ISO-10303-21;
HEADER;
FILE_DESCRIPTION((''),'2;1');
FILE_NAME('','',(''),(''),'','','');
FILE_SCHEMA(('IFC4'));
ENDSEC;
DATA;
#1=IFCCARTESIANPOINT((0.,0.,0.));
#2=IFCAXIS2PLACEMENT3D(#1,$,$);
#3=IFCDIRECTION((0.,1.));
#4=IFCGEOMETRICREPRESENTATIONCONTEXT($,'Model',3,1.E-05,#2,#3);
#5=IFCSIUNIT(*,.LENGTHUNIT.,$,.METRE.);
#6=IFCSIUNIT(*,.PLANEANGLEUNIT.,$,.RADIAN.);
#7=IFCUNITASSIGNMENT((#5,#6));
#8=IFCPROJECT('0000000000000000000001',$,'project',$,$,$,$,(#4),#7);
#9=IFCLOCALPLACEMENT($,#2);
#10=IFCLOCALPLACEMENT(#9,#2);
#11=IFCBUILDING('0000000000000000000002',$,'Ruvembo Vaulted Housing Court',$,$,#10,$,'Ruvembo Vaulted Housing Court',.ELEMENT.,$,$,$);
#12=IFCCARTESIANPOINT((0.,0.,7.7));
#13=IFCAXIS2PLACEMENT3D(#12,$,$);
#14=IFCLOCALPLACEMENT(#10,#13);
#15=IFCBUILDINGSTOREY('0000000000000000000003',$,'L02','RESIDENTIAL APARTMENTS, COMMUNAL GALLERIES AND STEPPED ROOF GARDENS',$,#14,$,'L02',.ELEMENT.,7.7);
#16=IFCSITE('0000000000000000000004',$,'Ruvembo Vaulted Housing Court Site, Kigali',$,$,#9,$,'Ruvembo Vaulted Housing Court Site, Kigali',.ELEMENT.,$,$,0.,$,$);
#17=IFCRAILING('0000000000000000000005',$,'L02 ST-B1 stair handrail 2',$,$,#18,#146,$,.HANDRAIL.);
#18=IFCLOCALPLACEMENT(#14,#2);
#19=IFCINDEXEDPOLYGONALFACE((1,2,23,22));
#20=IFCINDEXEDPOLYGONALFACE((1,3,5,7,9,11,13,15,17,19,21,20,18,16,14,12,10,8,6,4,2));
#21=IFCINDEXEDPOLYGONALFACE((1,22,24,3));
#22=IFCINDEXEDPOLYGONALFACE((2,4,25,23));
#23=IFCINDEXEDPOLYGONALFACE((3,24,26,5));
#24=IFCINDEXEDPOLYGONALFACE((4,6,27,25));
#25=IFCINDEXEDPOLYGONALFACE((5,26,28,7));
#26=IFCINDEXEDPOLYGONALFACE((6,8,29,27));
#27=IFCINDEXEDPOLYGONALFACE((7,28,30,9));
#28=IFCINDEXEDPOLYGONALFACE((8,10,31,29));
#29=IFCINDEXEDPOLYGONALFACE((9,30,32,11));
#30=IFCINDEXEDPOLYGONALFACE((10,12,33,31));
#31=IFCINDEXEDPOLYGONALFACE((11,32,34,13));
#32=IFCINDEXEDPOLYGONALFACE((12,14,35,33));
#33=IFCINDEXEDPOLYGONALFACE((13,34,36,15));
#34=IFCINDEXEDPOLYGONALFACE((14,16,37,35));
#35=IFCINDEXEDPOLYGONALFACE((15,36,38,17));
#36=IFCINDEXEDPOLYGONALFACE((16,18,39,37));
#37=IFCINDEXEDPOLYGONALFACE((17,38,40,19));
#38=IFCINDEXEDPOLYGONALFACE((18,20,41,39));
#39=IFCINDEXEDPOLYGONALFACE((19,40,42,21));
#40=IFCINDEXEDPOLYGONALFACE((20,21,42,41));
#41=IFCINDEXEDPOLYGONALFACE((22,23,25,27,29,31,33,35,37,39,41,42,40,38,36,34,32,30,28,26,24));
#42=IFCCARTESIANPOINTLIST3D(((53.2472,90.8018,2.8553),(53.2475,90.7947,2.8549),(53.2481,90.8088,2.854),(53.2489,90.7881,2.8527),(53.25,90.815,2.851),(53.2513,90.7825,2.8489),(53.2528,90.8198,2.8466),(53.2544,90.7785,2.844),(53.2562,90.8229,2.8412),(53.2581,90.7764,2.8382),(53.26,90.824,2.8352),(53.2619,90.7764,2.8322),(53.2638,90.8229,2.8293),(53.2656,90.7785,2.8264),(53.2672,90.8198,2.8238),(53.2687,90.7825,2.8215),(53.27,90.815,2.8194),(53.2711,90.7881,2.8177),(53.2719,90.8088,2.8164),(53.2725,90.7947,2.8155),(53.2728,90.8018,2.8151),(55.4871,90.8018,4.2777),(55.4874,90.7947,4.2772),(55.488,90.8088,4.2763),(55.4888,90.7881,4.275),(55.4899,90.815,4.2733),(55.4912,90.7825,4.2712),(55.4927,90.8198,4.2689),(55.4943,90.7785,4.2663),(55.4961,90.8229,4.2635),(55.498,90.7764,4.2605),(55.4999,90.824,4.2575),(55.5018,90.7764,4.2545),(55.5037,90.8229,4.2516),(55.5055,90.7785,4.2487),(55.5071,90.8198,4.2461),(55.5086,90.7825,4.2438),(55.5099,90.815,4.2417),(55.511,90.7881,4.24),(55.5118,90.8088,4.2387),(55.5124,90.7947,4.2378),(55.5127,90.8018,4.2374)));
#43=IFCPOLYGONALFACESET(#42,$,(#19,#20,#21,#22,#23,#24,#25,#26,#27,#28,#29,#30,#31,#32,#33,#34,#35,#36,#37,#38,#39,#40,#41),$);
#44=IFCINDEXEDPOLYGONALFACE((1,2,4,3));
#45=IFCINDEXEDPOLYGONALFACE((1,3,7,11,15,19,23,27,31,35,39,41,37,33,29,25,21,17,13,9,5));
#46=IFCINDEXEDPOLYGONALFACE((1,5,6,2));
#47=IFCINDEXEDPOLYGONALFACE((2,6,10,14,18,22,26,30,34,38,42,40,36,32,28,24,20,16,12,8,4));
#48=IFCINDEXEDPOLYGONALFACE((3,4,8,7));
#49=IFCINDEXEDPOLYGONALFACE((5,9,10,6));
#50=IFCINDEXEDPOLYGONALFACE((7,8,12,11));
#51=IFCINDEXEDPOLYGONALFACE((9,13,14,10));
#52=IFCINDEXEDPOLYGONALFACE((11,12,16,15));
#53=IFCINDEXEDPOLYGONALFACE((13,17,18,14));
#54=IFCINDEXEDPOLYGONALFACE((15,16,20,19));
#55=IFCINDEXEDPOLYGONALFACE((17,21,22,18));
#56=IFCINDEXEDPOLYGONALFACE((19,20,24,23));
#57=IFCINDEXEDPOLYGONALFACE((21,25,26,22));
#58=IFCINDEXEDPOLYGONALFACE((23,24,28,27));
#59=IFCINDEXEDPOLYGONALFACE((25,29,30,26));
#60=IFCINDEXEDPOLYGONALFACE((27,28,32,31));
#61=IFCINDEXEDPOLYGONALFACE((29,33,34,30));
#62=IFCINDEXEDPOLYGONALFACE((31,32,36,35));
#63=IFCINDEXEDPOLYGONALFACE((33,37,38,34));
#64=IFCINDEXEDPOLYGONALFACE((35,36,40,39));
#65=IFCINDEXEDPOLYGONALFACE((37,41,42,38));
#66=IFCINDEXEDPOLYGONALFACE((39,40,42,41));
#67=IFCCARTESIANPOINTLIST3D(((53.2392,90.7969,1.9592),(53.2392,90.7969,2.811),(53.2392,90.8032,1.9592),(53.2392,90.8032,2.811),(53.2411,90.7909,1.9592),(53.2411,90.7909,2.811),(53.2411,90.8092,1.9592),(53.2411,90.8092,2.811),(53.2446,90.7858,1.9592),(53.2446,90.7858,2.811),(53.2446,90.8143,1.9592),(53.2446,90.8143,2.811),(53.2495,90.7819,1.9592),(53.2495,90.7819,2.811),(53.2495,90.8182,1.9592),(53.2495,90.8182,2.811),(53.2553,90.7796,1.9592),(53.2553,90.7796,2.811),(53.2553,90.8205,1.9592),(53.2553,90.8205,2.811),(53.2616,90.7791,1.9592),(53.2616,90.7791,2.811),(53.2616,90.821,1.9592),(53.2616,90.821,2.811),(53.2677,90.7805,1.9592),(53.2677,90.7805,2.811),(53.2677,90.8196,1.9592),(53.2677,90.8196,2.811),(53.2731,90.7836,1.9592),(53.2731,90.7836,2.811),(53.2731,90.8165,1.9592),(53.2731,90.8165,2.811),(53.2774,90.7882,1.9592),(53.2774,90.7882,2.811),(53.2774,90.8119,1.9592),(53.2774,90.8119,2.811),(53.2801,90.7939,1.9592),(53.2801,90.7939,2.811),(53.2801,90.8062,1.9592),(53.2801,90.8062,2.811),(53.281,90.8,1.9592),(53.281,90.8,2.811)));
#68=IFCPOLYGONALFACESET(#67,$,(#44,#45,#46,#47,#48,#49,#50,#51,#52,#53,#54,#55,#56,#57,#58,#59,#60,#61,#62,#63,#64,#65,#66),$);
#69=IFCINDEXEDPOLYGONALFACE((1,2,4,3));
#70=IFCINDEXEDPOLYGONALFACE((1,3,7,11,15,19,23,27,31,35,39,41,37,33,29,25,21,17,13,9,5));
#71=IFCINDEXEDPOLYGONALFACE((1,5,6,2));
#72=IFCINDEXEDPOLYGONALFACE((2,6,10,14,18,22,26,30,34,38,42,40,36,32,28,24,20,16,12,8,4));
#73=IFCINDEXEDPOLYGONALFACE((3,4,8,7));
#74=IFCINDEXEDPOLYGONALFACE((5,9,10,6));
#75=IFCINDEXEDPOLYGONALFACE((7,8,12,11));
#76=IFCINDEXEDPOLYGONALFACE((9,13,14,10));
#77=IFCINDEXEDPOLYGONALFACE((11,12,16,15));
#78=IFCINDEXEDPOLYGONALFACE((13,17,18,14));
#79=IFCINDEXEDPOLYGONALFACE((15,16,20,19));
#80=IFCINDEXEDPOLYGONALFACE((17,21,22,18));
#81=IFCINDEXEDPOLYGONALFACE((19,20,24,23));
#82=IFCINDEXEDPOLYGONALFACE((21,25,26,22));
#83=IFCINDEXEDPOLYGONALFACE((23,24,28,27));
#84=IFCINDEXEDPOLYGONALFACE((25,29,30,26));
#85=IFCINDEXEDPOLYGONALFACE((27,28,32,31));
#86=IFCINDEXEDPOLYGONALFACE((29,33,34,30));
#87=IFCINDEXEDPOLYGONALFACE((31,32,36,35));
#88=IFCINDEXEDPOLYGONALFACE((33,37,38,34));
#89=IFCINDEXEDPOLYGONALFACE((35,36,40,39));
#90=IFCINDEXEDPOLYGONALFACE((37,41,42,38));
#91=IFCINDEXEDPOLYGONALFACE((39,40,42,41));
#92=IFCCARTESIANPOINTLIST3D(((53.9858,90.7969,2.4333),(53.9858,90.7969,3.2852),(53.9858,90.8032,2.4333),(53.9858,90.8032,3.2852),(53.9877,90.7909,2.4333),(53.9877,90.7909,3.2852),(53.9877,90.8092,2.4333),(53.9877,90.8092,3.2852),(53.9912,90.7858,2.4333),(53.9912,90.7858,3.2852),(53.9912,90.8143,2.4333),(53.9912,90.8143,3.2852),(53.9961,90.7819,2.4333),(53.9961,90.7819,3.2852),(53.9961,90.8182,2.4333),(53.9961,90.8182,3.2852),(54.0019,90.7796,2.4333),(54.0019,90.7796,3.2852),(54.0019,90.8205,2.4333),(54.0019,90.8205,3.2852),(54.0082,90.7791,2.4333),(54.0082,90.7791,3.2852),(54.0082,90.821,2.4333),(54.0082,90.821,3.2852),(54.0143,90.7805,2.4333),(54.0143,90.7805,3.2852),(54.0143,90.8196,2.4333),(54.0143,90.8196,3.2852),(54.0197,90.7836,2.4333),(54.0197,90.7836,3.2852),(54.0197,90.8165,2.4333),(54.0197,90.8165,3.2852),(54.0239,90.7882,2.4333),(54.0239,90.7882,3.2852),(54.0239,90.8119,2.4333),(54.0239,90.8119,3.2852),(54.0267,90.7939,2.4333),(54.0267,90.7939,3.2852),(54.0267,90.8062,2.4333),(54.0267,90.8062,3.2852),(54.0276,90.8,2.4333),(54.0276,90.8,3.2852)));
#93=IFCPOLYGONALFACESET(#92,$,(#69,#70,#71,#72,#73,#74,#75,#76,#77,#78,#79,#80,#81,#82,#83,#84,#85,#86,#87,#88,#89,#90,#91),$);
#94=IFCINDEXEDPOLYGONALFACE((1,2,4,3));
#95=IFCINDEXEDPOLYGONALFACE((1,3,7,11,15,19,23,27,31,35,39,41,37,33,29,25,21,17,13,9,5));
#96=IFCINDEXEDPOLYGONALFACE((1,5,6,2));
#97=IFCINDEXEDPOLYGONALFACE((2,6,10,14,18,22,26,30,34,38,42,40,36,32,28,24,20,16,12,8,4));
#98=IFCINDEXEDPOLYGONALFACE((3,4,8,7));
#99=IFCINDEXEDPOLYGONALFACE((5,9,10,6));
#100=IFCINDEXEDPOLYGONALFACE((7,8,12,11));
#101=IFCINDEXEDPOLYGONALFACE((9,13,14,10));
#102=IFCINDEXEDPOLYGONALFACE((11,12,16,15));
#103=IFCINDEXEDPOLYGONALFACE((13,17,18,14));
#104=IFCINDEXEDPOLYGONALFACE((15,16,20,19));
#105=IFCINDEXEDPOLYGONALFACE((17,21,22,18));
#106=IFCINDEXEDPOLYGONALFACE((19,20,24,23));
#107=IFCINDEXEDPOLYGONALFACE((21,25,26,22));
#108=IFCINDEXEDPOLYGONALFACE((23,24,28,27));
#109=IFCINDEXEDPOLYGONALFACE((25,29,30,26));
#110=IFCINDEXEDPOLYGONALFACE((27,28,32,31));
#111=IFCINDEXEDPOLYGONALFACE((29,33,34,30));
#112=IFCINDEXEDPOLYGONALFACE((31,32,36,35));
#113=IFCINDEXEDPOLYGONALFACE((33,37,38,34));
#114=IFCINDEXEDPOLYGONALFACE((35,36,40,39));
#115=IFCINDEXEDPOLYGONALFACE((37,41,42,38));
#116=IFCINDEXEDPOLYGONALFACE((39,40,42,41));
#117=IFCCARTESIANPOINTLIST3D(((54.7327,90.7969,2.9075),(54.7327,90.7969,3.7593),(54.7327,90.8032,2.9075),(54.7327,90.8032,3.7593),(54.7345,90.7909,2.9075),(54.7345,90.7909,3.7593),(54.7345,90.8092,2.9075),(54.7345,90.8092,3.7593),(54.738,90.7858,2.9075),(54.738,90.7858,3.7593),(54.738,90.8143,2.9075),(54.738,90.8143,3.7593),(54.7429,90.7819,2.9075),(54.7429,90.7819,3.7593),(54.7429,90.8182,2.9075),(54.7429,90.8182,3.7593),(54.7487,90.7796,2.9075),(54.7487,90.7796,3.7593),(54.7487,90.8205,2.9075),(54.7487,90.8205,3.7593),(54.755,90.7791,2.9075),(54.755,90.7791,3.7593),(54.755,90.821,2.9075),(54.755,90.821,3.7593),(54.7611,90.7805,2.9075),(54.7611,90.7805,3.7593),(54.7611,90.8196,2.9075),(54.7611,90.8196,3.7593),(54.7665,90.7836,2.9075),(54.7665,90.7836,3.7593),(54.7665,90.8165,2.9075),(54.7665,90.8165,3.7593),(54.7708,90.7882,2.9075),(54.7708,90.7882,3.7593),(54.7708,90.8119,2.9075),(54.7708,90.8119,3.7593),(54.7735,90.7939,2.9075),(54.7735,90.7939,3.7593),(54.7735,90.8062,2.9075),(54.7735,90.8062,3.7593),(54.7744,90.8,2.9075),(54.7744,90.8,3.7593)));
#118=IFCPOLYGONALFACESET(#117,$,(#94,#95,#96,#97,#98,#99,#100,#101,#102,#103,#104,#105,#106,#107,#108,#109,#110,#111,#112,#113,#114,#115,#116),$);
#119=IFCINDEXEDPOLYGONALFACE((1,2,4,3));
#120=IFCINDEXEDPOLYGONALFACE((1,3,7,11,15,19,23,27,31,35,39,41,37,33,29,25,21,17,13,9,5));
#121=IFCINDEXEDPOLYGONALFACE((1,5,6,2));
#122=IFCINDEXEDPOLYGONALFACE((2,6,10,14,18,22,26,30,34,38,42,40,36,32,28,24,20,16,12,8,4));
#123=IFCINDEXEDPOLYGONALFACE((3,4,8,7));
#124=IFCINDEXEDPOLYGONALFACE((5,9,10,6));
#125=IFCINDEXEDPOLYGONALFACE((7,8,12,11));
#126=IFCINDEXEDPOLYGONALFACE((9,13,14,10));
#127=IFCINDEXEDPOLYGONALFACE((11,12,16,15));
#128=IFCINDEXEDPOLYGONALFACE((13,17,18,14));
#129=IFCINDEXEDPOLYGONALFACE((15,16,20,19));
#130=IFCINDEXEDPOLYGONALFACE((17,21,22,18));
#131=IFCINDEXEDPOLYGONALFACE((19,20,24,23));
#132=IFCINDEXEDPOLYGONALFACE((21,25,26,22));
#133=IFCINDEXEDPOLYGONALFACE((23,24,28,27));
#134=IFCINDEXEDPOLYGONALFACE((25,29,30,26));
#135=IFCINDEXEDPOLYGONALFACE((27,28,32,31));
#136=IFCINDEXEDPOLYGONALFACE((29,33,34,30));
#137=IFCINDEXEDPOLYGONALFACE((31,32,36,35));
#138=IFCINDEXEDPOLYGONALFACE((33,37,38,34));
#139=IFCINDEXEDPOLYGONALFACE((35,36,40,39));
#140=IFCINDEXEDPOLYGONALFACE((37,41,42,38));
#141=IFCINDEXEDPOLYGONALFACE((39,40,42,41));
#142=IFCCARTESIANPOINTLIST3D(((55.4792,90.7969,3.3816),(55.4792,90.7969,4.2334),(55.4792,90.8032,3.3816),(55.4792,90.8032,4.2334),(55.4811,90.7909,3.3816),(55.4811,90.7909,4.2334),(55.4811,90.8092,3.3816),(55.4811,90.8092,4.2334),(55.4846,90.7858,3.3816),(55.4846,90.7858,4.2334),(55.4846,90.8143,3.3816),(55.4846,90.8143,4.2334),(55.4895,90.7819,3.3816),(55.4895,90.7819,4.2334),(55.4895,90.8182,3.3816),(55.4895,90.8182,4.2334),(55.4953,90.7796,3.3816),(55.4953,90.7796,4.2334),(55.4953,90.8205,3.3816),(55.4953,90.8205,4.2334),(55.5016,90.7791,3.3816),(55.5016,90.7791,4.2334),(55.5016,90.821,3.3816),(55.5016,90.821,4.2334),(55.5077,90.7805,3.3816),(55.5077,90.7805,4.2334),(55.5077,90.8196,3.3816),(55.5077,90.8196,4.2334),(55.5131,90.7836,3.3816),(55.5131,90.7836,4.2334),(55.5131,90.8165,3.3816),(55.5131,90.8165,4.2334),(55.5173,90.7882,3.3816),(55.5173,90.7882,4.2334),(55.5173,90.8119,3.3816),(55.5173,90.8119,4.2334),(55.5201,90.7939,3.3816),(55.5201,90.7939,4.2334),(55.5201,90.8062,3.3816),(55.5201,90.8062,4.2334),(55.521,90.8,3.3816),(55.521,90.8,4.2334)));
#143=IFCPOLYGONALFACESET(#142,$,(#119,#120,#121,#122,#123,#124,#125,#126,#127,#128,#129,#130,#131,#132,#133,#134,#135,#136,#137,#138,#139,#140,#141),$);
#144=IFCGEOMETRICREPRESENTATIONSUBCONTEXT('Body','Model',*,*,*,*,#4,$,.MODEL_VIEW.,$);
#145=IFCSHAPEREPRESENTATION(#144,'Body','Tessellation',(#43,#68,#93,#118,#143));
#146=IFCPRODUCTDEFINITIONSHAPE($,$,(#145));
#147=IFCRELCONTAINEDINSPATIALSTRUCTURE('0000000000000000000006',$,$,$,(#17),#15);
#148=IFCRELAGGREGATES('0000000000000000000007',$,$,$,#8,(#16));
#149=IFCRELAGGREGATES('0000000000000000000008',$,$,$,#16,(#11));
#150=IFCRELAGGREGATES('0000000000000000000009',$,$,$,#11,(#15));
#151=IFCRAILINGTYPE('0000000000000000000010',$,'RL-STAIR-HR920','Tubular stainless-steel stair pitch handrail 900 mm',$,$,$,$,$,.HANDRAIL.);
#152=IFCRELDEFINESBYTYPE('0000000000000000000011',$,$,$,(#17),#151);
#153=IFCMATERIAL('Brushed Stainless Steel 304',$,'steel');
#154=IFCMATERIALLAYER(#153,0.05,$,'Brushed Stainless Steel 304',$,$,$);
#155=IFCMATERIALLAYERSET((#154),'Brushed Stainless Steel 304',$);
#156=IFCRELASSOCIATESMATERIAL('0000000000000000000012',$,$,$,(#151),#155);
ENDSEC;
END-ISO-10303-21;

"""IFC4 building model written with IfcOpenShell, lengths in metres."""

from ifc_helpers import new_model, si_unit, direction, frame, origin, origin_2d, place, context, subcontext, project, spatial, circle, extrude, material, layer, layer_set, type_object, element, save


model = new_model("IFC4")

# Units and contexts
model_context = context("Model", 3, precision=1e-05, world=origin(), true_north=direction((0.0, 1.0)))
body_context = subcontext(model_context, "Body", "Model", "MODEL_VIEW")
ifc_project = project(units=[si_unit("LENGTHUNIT", "METRE"), si_unit("PLANEANGLEUNIT", "RADIAN")], contexts=[model_context])

# Site, building, storey
site_placement = place(None, origin())
site = spatial("IfcSite", under=ifc_project, at=site_placement, Name="Ruvembo Vaulted Housing Court Site, Kigali", LongName="Ruvembo Vaulted Housing Court Site, Kigali", CompositionType="ELEMENT", RefElevation=0.0)
building_placement = place(site_placement, origin())
building = spatial("IfcBuilding", under=site, at=building_placement, Name="Ruvembo Vaulted Housing Court", LongName="Ruvembo Vaulted Housing Court", CompositionType="ELEMENT")
storey_placement = place(building_placement, frame((0.0, 0.0, 7.7)))
storey = spatial("IfcBuildingStorey", under=building, at=storey_placement, Name="L02", Description="RESIDENTIAL APARTMENTS, COMMUNAL GALLERIES AND STEPPED ROOF GARDENS", LongName="L02", CompositionType="ELEMENT", Elevation=7.7)

# Railing
ifc_material_1 = material(Name="Brushed Stainless Steel 304", Category="steel")
ifc_layer_1 = layer(ifc_material_1, 0.05, Name="Brushed Stainless Steel 304")
ifc_layer_set_1 = layer_set([ifc_layer_1], Name="Brushed Stainless Steel 304")
railing_type_1 = type_object("IfcRailingType", Name="RL-STAIR-HR920", Description="Tubular stainless-steel stair pitch handrail 900 mm", PredefinedType="HANDRAIL", material=ifc_layer_set_1)
railing_1_placement = place(storey_placement, frame((53.26, 90.8, 1.9592)))
element("IfcRailing", 1, at=railing_1_placement, inside=storey, type_object=railing_type_1, Name="L02 ST-B1 stair handrail 2", PredefinedType="HANDRAIL", context=body_context, shape_type="SweptSolid", body=[
    extrude(circle(Radius=0.0239, at=origin_2d()), frame((0.0, 0.0, 0.876), z_axis=(0.844188, 0.0, 0.536048), x_axis=(0.0, 1.0, 0.0)), (0.0, 0.0, 1.0), 2.6533),
    extrude(circle(Radius=0.021, at=origin_2d()), origin(), (0.0, 0.0, 1.0), 0.8518),
    extrude(circle(Radius=0.021, at=origin_2d()), frame((0.7466, 0.0, 0.4741)), (0.0, 0.0, 1.0), 0.8518),
    extrude(circle(Radius=0.021, at=origin_2d()), frame((1.4934, 0.0, 0.9482)), (0.0, 0.0, 1.0), 0.8518),
    extrude(circle(Radius=0.021, at=origin_2d()), frame((2.24, 0.0, 1.4224)), (0.0, 0.0, 1.0), 0.8518),
])

save(model, "model.ifc")
